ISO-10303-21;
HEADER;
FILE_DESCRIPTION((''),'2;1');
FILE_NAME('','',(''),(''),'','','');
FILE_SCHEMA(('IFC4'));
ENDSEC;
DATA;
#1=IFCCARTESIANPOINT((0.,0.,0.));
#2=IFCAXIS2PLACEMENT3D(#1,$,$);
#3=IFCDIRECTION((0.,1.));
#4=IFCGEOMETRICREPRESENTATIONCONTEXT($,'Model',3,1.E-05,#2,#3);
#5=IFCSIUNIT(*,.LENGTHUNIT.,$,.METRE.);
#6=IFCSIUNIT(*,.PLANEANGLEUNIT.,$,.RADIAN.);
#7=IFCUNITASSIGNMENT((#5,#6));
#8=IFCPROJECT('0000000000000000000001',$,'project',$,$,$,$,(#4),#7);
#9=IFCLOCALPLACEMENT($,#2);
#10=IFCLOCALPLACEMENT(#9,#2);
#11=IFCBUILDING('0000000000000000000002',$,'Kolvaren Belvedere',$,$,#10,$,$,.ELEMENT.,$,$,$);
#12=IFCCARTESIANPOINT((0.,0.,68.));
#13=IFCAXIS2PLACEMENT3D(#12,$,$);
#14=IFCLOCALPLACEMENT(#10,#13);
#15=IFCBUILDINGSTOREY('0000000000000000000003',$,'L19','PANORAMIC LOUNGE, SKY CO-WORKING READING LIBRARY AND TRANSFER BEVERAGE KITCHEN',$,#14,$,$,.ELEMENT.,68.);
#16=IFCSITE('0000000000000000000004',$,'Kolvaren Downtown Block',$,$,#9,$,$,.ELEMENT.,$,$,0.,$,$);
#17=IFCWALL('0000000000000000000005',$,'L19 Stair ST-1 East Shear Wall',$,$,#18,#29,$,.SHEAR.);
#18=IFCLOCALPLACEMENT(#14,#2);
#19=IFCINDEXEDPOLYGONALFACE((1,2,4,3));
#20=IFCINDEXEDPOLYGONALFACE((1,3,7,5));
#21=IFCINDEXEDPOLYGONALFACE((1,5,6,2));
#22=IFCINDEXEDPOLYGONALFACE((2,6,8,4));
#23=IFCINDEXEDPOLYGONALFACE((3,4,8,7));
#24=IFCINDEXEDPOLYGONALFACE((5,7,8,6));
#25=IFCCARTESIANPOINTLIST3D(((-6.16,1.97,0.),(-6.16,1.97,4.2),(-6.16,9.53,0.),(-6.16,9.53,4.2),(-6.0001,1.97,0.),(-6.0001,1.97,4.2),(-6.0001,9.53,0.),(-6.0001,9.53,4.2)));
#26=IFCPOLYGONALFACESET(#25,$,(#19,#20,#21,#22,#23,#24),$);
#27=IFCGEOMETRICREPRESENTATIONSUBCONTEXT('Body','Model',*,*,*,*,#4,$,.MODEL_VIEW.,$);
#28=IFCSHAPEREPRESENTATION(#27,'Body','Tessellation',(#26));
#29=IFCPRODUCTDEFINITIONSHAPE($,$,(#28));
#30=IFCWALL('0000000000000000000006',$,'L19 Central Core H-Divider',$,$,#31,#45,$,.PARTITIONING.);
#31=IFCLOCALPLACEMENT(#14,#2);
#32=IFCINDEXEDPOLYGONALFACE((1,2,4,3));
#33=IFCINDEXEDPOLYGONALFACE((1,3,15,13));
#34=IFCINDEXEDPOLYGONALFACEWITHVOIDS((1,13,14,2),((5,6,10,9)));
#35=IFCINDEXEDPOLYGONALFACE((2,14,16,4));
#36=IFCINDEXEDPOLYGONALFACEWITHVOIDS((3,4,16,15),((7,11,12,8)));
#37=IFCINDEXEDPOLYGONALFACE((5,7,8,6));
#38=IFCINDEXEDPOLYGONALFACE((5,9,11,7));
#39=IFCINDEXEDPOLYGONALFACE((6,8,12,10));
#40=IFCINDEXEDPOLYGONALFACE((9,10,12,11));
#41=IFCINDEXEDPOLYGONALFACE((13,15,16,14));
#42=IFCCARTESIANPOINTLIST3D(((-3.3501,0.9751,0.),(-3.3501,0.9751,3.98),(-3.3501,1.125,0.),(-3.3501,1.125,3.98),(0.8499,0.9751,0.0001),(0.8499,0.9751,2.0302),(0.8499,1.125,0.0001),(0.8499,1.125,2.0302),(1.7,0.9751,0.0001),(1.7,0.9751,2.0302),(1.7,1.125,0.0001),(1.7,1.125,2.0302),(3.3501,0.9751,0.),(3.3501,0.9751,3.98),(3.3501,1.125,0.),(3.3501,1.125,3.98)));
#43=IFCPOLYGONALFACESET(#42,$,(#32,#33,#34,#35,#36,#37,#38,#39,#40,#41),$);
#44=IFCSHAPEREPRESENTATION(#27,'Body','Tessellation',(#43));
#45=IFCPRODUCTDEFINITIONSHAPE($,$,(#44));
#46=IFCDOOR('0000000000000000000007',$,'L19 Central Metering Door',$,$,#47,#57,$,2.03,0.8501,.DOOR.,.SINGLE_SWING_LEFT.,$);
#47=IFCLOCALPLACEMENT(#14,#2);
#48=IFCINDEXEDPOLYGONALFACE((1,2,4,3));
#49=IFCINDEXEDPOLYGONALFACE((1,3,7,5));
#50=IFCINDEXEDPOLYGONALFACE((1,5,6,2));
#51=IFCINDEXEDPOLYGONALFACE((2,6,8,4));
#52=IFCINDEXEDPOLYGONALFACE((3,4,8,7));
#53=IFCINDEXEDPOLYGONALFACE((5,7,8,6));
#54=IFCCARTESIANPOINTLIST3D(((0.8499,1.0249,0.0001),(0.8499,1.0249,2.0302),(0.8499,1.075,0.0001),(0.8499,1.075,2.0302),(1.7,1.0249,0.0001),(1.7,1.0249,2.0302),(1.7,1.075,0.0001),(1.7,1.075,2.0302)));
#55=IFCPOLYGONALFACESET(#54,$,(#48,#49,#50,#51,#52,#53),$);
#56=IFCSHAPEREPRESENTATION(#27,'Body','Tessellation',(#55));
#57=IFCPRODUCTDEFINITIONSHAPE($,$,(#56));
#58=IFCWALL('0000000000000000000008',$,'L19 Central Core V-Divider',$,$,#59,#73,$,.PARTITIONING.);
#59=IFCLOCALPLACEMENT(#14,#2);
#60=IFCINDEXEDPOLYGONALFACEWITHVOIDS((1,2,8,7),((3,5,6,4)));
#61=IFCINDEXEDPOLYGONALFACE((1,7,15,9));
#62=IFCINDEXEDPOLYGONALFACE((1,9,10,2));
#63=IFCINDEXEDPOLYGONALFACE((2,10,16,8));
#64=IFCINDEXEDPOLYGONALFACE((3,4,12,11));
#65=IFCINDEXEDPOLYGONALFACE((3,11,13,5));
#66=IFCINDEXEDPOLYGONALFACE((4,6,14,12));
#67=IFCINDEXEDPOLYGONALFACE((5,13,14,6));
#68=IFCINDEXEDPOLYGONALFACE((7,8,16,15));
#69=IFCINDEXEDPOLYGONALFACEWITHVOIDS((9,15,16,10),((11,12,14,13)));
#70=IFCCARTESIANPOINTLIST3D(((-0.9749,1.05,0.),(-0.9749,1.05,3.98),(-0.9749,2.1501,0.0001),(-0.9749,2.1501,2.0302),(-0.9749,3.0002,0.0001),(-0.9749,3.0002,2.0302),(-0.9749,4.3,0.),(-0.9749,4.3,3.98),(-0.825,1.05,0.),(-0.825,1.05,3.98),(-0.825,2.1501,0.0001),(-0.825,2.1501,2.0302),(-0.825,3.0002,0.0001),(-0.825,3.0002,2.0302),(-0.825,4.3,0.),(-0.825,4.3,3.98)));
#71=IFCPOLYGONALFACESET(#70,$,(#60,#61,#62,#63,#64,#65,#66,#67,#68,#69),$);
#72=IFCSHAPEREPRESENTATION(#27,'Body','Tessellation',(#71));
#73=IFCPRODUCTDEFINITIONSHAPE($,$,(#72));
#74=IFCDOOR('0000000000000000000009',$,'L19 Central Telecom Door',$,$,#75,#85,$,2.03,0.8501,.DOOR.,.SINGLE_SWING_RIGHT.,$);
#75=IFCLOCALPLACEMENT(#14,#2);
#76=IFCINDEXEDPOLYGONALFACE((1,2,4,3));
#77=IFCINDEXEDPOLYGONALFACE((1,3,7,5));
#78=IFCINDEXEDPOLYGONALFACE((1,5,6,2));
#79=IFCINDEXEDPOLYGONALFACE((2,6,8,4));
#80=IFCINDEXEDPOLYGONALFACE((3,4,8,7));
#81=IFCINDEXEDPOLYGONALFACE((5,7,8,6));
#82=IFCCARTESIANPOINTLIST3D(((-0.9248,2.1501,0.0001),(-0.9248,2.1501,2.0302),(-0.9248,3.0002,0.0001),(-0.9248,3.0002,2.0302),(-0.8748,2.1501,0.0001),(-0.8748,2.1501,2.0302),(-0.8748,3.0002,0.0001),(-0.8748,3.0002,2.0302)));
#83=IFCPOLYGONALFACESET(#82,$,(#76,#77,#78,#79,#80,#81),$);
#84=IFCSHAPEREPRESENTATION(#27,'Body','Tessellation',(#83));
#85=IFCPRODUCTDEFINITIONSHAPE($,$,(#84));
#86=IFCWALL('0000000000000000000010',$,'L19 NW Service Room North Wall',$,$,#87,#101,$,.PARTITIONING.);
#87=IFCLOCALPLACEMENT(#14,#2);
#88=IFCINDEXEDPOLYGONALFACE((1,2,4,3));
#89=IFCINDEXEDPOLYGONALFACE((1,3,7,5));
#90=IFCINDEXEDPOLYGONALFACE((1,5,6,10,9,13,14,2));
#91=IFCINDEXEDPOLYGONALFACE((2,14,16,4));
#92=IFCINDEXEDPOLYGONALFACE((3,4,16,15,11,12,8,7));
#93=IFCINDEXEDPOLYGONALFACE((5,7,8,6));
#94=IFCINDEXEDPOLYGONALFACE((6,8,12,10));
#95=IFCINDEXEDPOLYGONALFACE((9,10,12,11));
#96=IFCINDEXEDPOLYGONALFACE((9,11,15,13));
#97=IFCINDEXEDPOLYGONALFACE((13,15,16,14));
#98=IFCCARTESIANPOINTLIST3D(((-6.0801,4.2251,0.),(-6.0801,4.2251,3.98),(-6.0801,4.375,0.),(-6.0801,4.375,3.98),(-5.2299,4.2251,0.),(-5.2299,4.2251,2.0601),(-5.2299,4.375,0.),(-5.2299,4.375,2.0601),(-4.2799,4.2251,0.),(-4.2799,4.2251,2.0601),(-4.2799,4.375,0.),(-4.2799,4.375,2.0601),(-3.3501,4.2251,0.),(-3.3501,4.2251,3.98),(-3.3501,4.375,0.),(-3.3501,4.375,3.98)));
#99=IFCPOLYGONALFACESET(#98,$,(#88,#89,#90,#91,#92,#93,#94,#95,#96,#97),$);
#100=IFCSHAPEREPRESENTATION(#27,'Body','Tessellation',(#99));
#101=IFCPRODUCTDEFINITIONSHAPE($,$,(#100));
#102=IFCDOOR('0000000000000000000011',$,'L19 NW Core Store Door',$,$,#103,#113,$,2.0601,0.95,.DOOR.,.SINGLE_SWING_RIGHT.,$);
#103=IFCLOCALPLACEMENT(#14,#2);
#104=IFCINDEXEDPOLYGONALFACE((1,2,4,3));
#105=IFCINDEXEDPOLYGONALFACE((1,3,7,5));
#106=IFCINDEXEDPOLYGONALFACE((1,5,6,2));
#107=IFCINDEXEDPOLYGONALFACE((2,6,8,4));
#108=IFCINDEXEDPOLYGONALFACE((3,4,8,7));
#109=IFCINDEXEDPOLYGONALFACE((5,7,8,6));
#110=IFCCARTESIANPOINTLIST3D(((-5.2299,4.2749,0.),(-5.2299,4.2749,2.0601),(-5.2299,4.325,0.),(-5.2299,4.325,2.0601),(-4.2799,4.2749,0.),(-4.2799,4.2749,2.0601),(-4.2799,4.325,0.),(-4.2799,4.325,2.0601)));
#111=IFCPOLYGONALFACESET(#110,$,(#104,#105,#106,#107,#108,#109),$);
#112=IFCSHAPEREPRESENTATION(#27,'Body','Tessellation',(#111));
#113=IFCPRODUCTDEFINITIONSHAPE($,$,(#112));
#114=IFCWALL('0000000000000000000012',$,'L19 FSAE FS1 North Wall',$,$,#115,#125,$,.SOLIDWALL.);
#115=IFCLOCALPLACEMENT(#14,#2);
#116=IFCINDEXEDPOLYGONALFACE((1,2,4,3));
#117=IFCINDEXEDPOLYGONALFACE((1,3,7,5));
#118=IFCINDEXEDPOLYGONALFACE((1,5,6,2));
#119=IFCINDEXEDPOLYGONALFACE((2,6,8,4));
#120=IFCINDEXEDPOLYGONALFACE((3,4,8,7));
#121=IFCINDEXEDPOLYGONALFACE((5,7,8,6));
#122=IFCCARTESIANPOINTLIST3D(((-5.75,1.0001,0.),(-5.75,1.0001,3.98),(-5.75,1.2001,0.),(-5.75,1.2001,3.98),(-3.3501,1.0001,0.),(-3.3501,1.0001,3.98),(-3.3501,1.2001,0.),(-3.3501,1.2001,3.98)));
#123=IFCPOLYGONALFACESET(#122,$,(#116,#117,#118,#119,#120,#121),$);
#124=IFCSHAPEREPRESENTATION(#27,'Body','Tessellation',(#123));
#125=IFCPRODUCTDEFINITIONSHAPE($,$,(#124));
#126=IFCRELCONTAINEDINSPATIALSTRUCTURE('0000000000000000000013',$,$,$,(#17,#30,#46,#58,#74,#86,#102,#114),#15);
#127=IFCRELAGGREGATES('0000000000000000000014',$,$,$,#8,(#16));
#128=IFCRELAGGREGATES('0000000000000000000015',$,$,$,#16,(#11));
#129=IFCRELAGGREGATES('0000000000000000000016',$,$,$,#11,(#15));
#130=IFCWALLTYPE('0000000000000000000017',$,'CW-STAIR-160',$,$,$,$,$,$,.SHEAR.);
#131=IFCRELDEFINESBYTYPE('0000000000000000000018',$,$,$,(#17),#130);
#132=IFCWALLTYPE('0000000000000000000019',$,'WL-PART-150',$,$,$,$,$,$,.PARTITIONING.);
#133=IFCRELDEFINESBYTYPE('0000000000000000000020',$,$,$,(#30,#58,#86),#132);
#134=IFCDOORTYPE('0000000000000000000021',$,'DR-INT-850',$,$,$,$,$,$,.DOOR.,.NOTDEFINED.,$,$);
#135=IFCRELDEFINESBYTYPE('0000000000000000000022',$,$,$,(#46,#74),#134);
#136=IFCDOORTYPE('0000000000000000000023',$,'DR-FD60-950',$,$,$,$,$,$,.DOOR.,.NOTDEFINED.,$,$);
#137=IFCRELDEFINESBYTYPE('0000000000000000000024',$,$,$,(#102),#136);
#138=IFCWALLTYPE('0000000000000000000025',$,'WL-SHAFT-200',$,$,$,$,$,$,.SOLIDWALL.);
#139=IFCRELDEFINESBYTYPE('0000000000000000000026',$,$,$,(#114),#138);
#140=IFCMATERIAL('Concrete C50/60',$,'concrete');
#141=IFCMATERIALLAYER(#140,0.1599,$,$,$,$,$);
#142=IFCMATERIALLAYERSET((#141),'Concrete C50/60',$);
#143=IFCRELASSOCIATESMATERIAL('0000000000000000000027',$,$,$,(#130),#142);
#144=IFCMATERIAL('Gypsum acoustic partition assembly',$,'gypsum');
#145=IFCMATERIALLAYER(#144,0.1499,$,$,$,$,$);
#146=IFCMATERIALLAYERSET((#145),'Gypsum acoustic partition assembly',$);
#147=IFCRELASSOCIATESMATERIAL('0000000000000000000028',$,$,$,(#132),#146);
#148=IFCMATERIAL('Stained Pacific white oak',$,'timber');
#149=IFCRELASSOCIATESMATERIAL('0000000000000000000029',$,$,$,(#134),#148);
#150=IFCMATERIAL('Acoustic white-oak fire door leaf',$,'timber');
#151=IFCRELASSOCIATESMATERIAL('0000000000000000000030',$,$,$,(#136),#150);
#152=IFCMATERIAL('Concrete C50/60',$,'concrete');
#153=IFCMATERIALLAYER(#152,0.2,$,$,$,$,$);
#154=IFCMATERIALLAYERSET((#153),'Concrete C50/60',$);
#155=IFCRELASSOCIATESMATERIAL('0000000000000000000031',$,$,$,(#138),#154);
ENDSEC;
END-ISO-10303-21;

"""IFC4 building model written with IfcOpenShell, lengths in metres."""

from ifc_helpers import new_model, si_unit, direction, frame, frame_2d, origin, place, context, subcontext, project, spatial, rectangle, extrude, material, layer, layer_set, type_object, element, fill, save


model = new_model("IFC4")

# Units and contexts
model_context = context("Model", 3, precision=1e-05, world=origin(), true_north=direction((0.0, 1.0)))
body_context = subcontext(model_context, "Body", "Model", "MODEL_VIEW")
ifc_project = project(units=[si_unit("LENGTHUNIT", "METRE"), si_unit("PLANEANGLEUNIT", "RADIAN")], contexts=[model_context])

# Site, building, storey
site_placement = place(None, origin())
site = spatial("IfcSite", under=ifc_project, at=site_placement, Name="Kolvaren Downtown Block", CompositionType="ELEMENT", RefElevation=0.0)
building_placement = place(site_placement, origin())
building = spatial("IfcBuilding", under=site, at=building_placement, Name="Kolvaren Belvedere", CompositionType="ELEMENT")
storey_placement = place(building_placement, frame((0.0, 0.0, 68.0)))
storey = spatial("IfcBuildingStorey", under=building, at=storey_placement, Name="L19", Description="PANORAMIC LOUNGE, SKY CO-WORKING READING LIBRARY AND TRANSFER BEVERAGE KITCHEN", CompositionType="ELEMENT", Elevation=68.0)

# Wall
ifc_material_1 = material(Name="Concrete C50/60", Category="concrete")
ifc_layer_1 = layer(ifc_material_1, 0.1599)
ifc_layer_set_1 = layer_set([ifc_layer_1], Name="Concrete C50/60")
wall_type_1 = type_object("IfcWallType", Name="CW-STAIR-160", PredefinedType="SHEAR", material=ifc_layer_set_1)
wall_1_placement = place(storey_placement, frame((-6.0801, 1.97, 0.0), z_axis=(0.0, 0.0, 1.0), x_axis=(0.0, 1.0, 0.0)))
element("IfcWall", 1, at=wall_1_placement, inside=storey, type_object=wall_type_1, Name="L19 Stair ST-1 East Shear Wall", PredefinedType="SHEAR", context=body_context, shape_type="SweptSolid", body=[
    extrude(rectangle(XDim=7.5601, YDim=0.1599, at=frame_2d((3.78, 0.0))), origin(), (0.0, 0.0, 1.0), 4.2),
])

# Walls, openings, doors
ifc_material_2 = material(Name="Gypsum acoustic partition assembly", Category="gypsum")
ifc_layer_2 = layer(ifc_material_2, 0.1499)
ifc_layer_set_2 = layer_set([ifc_layer_2], Name="Gypsum acoustic partition assembly")
wall_type_2 = type_object("IfcWallType", Name="WL-PART-150", PredefinedType="PARTITIONING", material=ifc_layer_set_2)
wall_2_placement = place(storey_placement, frame((-3.3501, 1.05, 0.0), z_axis=(0.0, 0.0, 1.0), x_axis=(1.0, 0.0, 0.0)))
wall_2 = element("IfcWall", 2, at=wall_2_placement, inside=storey, type_object=wall_type_2, Name="L19 Central Core H-Divider", PredefinedType="PARTITIONING", context=body_context, shape_type="SweptSolid", body=[
    extrude(rectangle(XDim=6.7002, YDim=0.1499, at=frame_2d((3.3501, 0.0))), origin(), (0.0, 0.0, 1.0), 3.98),
])
opening_1_placement = place(wall_2_placement, frame((4.2, 0.0, 0.0)))
opening_1 = element("IfcOpeningElement", 3, at=opening_1_placement, cuts=wall_2, PredefinedType="OPENING", context=body_context, shape_type="SweptSolid", body=[
    extrude(rectangle(XDim=0.8501, YDim=2.03, at=frame_2d((0.425, 1.0151))), frame((0.0, 0.085, 0.0), z_axis=(0.0, -1.0, 0.0), x_axis=(1.0, 0.0, 0.0)), (0.0, 0.0, 1.0), 0.1699),
])
ifc_material_3 = material(Name="Stained Pacific white oak", Category="timber")
door_type_1 = type_object("IfcDoorType", Name="DR-INT-850", OperationType="NOTDEFINED", PredefinedType="DOOR", material=ifc_material_3)
door_1_placement = place(opening_1_placement, origin())
door_1 = element("IfcDoor", 4, at=door_1_placement, inside=storey, type_object=door_type_1, Name="L19 Central Metering Door", OperationType="SINGLE_SWING_LEFT", OverallHeight=2.03, OverallWidth=0.8501, PredefinedType="DOOR", context=body_context, shape_type="SweptSolid", body=[
    extrude(rectangle(XDim=0.8501, YDim=2.03, at=frame_2d((0.425, 1.0151))), frame((0.0, 0.0249, 0.0), z_axis=(0.0, -1.0, 0.0), x_axis=(1.0, 0.0, 0.0)), (0.0, 0.0, 1.0), 0.05),
])
fill(opening_1, door_1)
wall_3_placement = place(storey_placement, frame((-0.8999, 1.05, 0.0), z_axis=(0.0, 0.0, 1.0), x_axis=(0.0, 1.0, 0.0)))
wall_3 = element("IfcWall", 5, at=wall_3_placement, inside=storey, type_object=wall_type_2, Name="L19 Central Core V-Divider", PredefinedType="PARTITIONING", context=body_context, shape_type="SweptSolid", body=[
    extrude(rectangle(XDim=3.25, YDim=0.1499, at=frame_2d((1.625, 0.0))), origin(), (0.0, 0.0, 1.0), 3.98),
])
opening_2_placement = place(wall_3_placement, frame((1.1001, 0.0, 0.0)))
opening_2 = element("IfcOpeningElement", 6, at=opening_2_placement, cuts=wall_3, PredefinedType="OPENING", context=body_context, shape_type="SweptSolid", body=[
    extrude(rectangle(XDim=0.8501, YDim=2.03, at=frame_2d((0.425, 1.0151))), frame((0.0, 0.085, 0.0), z_axis=(0.0, -1.0, 0.0), x_axis=(1.0, 0.0, 0.0)), (0.0, 0.0, 1.0), 0.1699),
])
door_2_placement = place(opening_2_placement, origin())
door_2 = element("IfcDoor", 7, at=door_2_placement, inside=storey, type_object=door_type_1, Name="L19 Central Telecom Door", OperationType="SINGLE_SWING_RIGHT", OverallHeight=2.03, OverallWidth=0.8501, PredefinedType="DOOR", context=body_context, shape_type="SweptSolid", body=[
    extrude(rectangle(XDim=0.8501, YDim=2.03, at=frame_2d((0.425, 1.0151))), frame((0.0, 0.0249, 0.0), z_axis=(0.0, -1.0, 0.0), x_axis=(1.0, 0.0, 0.0)), (0.0, 0.0, 1.0), 0.05),
])
fill(opening_2, door_2)
wall_4_placement = place(storey_placement, frame((-6.0801, 4.3, 0.0), z_axis=(0.0, 0.0, 1.0), x_axis=(1.0, 0.0, 0.0)))
wall_4 = element("IfcWall", 8, at=wall_4_placement, inside=storey, type_object=wall_type_2, Name="L19 NW Service Room North Wall", PredefinedType="PARTITIONING", context=body_context, shape_type="SweptSolid", body=[
    extrude(rectangle(XDim=2.73, YDim=0.1499, at=frame_2d((1.365, 0.0))), origin(), (0.0, 0.0, 1.0), 3.98),
])
opening_3_placement = place(wall_4_placement, frame((0.8501, 0.0, 0.0)))
opening_3 = element("IfcOpeningElement", 9, at=opening_3_placement, cuts=wall_4, PredefinedType="OPENING", context=body_context, shape_type="SweptSolid", body=[
    extrude(rectangle(XDim=0.95, YDim=2.0601, at=frame_2d((0.4751, 1.03))), frame((0.0, 0.085, 0.0), z_axis=(0.0, -1.0, 0.0), x_axis=(1.0, 0.0, 0.0)), (0.0, 0.0, 1.0), 0.1699),
])
ifc_material_4 = material(Name="Acoustic white-oak fire door leaf", Category="timber")
door_type_2 = type_object("IfcDoorType", Name="DR-FD60-950", OperationType="NOTDEFINED", PredefinedType="DOOR", material=ifc_material_4)
door_3_placement = place(opening_3_placement, origin())
door_3 = element("IfcDoor", 10, at=door_3_placement, inside=storey, type_object=door_type_2, Name="L19 NW Core Store Door", OperationType="SINGLE_SWING_RIGHT", OverallHeight=2.0601, OverallWidth=0.95, PredefinedType="DOOR", context=body_context, shape_type="SweptSolid", body=[
    extrude(rectangle(XDim=0.95, YDim=2.0601, at=frame_2d((0.4751, 1.03))), frame((0.0, 0.0249, 0.0), z_axis=(0.0, -1.0, 0.0), x_axis=(1.0, 0.0, 0.0)), (0.0, 0.0, 1.0), 0.05),
])
fill(opening_3, door_3)

# Wall
ifc_material_5 = material(Name="Concrete C50/60", Category="concrete")
ifc_layer_3 = layer(ifc_material_5, 0.2)
ifc_layer_set_3 = layer_set([ifc_layer_3], Name="Concrete C50/60")
wall_type_3 = type_object("IfcWallType", Name="WL-SHAFT-200", PredefinedType="SOLIDWALL", material=ifc_layer_set_3)
wall_5_placement = place(storey_placement, frame((-5.75, 1.1001, 0.0), z_axis=(0.0, 0.0, 1.0), x_axis=(1.0, 0.0, 0.0)))
element("IfcWall", 11, at=wall_5_placement, inside=storey, type_object=wall_type_3, Name="L19 FSAE FS1 North Wall", PredefinedType="SOLIDWALL", context=body_context, shape_type="SweptSolid", body=[
    extrude(rectangle(XDim=2.3999, YDim=0.2, at=frame_2d((1.2, 0.0))), origin(), (0.0, 0.0, 1.0), 3.98),
])

save(model, "model.ifc")
